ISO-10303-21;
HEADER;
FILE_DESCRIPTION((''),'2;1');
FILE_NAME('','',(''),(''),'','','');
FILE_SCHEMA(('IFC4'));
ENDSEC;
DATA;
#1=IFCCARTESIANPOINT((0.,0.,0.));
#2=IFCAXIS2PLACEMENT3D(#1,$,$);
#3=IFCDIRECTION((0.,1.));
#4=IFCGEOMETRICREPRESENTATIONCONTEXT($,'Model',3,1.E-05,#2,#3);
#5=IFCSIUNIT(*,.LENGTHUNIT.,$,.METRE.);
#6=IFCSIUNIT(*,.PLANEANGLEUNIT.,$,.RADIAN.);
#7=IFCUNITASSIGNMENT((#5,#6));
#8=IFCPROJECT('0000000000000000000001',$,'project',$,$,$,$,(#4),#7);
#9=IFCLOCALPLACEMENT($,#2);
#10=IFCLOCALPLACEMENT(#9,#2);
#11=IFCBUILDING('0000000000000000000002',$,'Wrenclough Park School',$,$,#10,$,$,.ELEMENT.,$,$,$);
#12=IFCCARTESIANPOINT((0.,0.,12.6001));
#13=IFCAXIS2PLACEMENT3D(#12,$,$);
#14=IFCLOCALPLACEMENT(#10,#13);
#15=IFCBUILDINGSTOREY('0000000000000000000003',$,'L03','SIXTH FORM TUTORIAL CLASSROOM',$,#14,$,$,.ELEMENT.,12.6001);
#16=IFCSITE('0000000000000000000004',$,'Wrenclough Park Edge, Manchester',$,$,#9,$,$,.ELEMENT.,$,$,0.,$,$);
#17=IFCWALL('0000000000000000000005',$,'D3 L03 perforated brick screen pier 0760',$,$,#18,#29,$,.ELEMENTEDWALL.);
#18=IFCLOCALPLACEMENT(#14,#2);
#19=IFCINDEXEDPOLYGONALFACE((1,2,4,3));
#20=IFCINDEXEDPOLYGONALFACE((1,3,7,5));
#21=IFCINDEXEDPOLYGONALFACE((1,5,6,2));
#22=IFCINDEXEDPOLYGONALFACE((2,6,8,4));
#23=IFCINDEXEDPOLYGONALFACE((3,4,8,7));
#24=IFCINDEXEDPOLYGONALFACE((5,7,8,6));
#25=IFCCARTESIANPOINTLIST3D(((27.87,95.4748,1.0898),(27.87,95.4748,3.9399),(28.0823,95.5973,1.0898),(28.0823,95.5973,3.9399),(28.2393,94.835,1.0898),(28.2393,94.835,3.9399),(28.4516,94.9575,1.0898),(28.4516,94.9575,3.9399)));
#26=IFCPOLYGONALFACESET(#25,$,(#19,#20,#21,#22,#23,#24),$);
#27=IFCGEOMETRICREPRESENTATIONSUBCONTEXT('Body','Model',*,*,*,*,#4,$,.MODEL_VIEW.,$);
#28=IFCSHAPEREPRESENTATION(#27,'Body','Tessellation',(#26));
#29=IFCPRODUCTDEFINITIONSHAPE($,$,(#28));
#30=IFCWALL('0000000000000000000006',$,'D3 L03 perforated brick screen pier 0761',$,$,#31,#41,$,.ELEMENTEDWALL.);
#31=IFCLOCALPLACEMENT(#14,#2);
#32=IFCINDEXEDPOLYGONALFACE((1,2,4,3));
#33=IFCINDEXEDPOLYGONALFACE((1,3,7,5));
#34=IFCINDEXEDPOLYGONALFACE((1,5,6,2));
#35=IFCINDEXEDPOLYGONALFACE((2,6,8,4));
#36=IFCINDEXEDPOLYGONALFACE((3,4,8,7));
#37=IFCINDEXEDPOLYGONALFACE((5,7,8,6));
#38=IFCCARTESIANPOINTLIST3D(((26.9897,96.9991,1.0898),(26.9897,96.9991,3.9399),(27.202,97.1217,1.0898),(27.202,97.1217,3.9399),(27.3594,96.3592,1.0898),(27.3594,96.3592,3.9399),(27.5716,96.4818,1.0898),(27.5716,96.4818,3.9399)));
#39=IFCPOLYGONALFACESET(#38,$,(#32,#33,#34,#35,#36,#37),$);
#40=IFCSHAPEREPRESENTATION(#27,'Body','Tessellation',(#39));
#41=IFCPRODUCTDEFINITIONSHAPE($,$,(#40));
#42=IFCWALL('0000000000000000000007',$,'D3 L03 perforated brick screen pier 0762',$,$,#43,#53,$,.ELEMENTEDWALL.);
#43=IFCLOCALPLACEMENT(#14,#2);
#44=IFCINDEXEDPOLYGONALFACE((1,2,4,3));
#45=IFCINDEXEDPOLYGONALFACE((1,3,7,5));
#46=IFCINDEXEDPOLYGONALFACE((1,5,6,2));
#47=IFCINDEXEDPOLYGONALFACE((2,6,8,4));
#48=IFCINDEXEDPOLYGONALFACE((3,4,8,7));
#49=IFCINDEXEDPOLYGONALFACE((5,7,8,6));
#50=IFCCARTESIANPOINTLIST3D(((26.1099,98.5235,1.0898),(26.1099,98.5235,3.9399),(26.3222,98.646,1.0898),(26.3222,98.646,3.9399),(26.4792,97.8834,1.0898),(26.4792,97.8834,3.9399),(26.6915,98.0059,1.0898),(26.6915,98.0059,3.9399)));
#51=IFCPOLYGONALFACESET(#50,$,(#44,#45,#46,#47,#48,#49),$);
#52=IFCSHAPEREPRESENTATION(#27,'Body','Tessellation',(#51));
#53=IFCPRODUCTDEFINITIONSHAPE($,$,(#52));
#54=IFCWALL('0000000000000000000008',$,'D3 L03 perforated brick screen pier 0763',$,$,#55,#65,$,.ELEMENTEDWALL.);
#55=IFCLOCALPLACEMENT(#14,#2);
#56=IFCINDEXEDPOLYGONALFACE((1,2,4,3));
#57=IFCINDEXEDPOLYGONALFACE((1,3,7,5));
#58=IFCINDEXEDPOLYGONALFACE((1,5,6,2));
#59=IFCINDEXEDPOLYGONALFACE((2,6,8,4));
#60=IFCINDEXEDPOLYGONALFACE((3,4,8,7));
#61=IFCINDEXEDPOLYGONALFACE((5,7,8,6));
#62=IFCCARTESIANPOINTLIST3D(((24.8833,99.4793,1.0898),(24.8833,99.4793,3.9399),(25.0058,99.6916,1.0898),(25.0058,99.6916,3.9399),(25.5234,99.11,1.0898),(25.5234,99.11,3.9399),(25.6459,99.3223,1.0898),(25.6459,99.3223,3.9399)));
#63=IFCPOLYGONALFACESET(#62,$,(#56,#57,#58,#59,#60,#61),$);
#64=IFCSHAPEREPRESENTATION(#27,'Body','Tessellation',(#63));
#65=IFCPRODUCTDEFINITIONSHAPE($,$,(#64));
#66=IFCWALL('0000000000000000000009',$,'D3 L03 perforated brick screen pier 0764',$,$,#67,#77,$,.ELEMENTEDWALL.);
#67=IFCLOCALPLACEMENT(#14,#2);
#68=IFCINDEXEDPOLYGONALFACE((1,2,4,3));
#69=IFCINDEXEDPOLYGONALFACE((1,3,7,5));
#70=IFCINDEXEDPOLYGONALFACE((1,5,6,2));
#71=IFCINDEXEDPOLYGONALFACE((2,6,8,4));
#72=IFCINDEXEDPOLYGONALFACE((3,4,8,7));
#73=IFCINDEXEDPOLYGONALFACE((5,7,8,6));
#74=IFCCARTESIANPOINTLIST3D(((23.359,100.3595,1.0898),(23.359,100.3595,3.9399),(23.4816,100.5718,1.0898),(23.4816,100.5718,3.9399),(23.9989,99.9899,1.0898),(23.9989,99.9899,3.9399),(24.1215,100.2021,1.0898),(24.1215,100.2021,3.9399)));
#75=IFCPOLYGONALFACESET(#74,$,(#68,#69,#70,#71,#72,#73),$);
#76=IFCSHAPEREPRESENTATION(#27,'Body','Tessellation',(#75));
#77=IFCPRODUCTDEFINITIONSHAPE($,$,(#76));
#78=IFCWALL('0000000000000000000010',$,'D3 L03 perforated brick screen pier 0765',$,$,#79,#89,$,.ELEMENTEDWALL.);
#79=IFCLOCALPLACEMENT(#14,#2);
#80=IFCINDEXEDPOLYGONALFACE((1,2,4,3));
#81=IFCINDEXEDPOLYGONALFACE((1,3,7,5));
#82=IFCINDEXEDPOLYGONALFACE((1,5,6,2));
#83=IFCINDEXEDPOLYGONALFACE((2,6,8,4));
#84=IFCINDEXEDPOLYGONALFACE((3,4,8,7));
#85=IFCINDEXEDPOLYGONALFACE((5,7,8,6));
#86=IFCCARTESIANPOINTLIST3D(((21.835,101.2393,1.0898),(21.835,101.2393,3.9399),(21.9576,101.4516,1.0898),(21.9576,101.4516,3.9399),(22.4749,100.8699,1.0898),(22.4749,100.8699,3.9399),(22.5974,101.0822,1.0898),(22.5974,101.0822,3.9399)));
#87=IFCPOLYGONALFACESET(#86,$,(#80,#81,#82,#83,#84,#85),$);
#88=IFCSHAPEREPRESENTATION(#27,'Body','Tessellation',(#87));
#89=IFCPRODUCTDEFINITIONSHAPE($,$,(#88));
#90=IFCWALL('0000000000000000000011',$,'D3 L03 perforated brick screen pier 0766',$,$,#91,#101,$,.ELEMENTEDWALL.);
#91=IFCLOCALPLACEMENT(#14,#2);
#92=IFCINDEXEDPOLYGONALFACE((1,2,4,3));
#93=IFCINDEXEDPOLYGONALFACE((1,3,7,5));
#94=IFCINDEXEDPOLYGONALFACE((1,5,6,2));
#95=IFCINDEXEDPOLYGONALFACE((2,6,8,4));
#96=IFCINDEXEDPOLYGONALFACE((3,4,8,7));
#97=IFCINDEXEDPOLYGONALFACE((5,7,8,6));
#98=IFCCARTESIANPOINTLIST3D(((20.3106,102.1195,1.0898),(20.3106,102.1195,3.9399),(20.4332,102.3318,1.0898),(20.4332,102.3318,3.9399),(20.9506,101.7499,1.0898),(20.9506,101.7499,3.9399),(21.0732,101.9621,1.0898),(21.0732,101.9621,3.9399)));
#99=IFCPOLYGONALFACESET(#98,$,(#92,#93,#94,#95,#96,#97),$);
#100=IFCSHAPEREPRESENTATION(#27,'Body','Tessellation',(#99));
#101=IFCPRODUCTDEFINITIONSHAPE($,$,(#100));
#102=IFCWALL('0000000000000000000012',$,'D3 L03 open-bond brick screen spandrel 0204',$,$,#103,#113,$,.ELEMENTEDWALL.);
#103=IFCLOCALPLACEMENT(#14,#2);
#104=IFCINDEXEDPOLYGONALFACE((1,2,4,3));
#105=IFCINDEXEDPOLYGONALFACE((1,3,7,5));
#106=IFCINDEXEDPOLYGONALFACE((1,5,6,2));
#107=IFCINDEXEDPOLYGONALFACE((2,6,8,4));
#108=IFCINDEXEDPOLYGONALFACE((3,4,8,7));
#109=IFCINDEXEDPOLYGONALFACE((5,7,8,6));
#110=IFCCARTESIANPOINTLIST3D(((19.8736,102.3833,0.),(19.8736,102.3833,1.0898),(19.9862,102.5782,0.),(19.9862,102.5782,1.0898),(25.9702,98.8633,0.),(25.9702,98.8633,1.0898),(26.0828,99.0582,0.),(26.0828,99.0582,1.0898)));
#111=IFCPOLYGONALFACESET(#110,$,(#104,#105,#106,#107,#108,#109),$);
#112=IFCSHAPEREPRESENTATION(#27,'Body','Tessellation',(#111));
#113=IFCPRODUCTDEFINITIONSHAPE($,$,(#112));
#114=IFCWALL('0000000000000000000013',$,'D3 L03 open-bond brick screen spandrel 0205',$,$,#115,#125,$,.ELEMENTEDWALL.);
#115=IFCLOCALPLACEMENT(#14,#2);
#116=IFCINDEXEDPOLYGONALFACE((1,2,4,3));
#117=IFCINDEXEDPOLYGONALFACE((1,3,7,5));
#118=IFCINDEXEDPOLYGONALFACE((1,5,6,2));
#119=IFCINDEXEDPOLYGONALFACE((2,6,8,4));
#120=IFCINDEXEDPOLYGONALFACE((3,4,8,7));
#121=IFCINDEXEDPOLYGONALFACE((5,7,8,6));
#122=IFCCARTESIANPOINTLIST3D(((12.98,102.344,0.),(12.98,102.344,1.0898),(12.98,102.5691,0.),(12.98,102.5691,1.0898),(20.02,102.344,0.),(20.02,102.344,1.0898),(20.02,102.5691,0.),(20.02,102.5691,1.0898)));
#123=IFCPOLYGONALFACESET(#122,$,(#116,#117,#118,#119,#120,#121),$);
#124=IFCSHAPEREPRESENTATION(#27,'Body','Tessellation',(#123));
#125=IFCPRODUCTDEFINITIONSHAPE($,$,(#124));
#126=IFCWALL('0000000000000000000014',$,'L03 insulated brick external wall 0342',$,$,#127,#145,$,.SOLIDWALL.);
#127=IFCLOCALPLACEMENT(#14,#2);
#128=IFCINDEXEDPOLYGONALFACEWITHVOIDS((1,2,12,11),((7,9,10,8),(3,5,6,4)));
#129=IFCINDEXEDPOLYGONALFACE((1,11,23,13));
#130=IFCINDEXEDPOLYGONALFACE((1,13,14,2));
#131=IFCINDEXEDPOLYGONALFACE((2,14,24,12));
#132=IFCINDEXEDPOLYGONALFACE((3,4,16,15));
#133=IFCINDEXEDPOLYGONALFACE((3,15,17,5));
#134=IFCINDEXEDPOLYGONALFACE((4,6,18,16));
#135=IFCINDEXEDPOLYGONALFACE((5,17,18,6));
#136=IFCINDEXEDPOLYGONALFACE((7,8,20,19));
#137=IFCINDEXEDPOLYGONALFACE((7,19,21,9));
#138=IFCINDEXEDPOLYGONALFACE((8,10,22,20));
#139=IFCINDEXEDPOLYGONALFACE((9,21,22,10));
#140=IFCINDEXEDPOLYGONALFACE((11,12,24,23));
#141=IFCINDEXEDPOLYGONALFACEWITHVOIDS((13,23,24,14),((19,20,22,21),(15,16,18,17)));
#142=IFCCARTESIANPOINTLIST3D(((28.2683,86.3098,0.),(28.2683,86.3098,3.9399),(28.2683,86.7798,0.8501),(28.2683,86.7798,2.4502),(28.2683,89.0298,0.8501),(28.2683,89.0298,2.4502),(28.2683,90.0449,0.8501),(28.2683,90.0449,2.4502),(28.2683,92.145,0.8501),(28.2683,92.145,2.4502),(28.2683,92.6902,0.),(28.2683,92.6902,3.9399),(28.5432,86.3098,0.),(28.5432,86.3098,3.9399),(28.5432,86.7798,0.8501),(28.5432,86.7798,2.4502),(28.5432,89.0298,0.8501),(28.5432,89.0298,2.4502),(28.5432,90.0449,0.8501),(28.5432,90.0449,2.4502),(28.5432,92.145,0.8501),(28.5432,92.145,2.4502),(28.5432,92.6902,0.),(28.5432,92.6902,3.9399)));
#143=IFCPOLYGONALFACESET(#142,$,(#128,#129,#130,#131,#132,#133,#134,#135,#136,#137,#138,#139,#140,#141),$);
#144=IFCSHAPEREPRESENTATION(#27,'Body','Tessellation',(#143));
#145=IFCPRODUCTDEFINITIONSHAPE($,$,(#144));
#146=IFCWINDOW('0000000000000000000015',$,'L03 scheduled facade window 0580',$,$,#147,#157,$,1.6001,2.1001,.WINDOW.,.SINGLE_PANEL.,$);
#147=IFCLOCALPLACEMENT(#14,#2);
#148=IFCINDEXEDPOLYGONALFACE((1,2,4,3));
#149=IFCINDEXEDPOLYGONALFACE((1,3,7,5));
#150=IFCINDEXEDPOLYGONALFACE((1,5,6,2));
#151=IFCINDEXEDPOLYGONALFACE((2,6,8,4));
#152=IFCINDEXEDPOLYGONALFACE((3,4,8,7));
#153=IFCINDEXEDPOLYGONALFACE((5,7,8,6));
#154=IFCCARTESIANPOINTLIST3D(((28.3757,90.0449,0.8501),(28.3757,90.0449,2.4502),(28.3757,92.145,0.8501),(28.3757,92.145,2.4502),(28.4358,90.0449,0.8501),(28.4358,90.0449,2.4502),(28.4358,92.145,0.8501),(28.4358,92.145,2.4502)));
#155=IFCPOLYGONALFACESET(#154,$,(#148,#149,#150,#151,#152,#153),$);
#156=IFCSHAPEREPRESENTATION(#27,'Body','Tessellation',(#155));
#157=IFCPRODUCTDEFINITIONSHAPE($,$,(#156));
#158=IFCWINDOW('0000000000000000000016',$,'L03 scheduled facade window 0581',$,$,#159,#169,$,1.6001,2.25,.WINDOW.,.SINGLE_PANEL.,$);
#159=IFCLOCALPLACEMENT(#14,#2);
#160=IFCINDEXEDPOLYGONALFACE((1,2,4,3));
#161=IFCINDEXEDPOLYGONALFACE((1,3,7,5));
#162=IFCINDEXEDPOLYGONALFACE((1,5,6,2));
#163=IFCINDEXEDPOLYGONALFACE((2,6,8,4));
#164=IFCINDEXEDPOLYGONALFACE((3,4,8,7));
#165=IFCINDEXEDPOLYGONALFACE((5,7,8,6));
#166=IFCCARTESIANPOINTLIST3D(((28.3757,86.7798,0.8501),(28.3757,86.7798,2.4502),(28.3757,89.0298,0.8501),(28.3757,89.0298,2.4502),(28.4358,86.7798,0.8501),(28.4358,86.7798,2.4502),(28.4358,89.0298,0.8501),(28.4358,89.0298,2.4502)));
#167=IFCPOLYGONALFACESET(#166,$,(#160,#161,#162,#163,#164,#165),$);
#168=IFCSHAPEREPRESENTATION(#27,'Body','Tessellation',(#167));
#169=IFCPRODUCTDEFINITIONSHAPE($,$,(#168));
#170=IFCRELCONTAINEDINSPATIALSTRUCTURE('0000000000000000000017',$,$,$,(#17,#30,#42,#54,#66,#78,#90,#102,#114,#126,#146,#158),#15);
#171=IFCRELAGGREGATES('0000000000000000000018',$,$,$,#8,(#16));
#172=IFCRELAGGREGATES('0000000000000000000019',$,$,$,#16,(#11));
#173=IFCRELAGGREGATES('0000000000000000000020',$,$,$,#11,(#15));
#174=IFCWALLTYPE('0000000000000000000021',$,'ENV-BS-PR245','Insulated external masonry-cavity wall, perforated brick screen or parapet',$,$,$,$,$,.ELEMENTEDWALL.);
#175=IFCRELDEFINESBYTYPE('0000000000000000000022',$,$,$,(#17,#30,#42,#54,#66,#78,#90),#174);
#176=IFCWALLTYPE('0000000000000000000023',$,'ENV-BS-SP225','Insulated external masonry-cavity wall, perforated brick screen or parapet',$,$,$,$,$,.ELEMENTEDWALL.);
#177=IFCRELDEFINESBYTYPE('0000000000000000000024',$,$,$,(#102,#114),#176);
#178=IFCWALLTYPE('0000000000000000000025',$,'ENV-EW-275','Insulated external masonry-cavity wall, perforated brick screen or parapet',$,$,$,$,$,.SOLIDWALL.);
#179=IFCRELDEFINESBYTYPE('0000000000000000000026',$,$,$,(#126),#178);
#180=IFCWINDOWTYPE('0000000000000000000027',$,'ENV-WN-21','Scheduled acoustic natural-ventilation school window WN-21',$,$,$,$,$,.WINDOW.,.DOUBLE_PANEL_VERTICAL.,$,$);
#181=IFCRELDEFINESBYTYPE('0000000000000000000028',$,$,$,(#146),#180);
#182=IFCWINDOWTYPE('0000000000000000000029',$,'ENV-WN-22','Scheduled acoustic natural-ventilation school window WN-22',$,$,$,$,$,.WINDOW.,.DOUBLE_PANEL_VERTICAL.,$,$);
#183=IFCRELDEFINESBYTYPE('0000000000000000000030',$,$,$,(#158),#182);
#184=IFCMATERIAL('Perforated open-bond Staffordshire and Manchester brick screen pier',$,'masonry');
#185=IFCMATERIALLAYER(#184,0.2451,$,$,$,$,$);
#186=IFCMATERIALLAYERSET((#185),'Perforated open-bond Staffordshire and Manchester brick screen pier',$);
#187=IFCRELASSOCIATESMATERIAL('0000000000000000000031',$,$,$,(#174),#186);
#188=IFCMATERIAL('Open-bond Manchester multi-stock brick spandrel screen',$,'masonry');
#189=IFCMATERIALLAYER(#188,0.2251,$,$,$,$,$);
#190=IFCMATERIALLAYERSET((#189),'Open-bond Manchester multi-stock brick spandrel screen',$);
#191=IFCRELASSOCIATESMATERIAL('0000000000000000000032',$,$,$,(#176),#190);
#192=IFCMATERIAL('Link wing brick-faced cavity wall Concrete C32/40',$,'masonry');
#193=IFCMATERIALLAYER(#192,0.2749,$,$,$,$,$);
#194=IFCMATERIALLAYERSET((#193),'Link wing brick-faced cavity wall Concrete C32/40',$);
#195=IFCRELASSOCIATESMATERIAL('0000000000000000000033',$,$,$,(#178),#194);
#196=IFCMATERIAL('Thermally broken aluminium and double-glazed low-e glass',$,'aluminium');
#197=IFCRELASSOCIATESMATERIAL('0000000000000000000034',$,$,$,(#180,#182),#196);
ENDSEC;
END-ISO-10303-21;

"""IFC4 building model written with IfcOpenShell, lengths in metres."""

from ifc_helpers import new_model, si_unit, direction, frame, frame_2d, origin, place, context, subcontext, project, spatial, rectangle, extrude, material, layer, layer_set, type_object, element, fill, save


model = new_model("IFC4")

# Units and contexts
model_context = context("Model", 3, precision=1e-05, world=origin(), true_north=direction((0.0, 1.0)))
body_context = subcontext(model_context, "Body", "Model", "MODEL_VIEW")
ifc_project = project(units=[si_unit("LENGTHUNIT", "METRE"), si_unit("PLANEANGLEUNIT", "RADIAN")], contexts=[model_context])

# Site, building, storey
site_placement = place(None, origin())
site = spatial("IfcSite", under=ifc_project, at=site_placement, Name="Wrenclough Park Edge, Manchester", CompositionType="ELEMENT", RefElevation=0.0)
building_placement = place(site_placement, origin())
building = spatial("IfcBuilding", under=site, at=building_placement, Name="Wrenclough Park School", CompositionType="ELEMENT")
storey_placement = place(building_placement, frame((0.0, 0.0, 12.6001)))
storey = spatial("IfcBuildingStorey", under=building, at=storey_placement, Name="L03", Description="SIXTH FORM TUTORIAL CLASSROOM", CompositionType="ELEMENT", Elevation=12.6001)

# Walls
ifc_material_1 = material(Name="Perforated open-bond Staffordshire and Manchester brick screen pier", Category="masonry")
ifc_layer_1 = layer(ifc_material_1, 0.2451)
ifc_layer_set_1 = layer_set([ifc_layer_1], Name="Perforated open-bond Staffordshire and Manchester brick screen pier")
wall_type_1 = type_object("IfcWallType", Name="ENV-BS-PR245", Description="Insulated external masonry-cavity wall, perforated brick screen or parapet", PredefinedType="ELEMENTEDWALL", material=ifc_layer_set_1)
wall_1_placement = place(storey_placement, frame((28.3455, 94.8962, 1.0898), z_axis=(0.0, 0.0, 1.0), x_axis=(-0.499942, 0.866059, 0.0)))
element("IfcWall", 1, at=wall_1_placement, inside=storey, type_object=wall_type_1, Name="D3 L03 perforated brick screen pier 0760", PredefinedType="ELEMENTEDWALL", context=body_context, shape_type="SweptSolid", body=[
    extrude(rectangle(XDim=0.7388, YDim=0.2451, at=frame_2d((0.3694, 0.0))), origin(), (0.0, 0.0, 1.0), 2.8501),
])
for number, where, z_axis, x_axis, name in (
    (2, (27.4656, 96.4204, 1.0898), (0.0, 0.0, 1.0), (-0.50019, 0.865916, 0.0), "D3 L03 perforated brick screen pier 0761"),
    (3, (26.5854, 97.9446, 1.0898), (0.0, 0.0, 1.0), (-0.499799, 0.866142, 0.0), "D3 L03 perforated brick screen pier 0762"),
    (4, (25.5847, 99.2161, 1.0898), (0.0, 0.0, 1.0), (-0.866142, 0.499799, 0.0), "D3 L03 perforated brick screen pier 0763"),
    (5, (24.0603, 100.0959, 1.0898), (0.0, 0.0, 1.0), (-0.865916, 0.50019, 0.0), "D3 L03 perforated brick screen pier 0764"),
):
    element("IfcWall", number, at=place(storey_placement, frame(where, z_axis=z_axis, x_axis=x_axis)), inside=storey, type_object=wall_type_1, Name=name, PredefinedType="ELEMENTEDWALL", context=body_context, shape_type="SweptSolid", body=[
        extrude(rectangle(XDim=0.739, YDim=0.2451, at=frame_2d((0.3696, 0.0))), origin(), (0.0, 0.0, 1.0), 2.8501),
    ])
wall_2_placement = place(storey_placement, frame((22.5361, 100.9761, 1.0898), z_axis=(0.0, 0.0, 1.0), x_axis=(-0.866059, 0.499942, 0.0)))
element("IfcWall", 6, at=wall_2_placement, inside=storey, type_object=wall_type_1, Name="D3 L03 perforated brick screen pier 0765", PredefinedType="ELEMENTEDWALL", context=body_context, shape_type="SweptSolid", body=[
    extrude(rectangle(XDim=0.7388, YDim=0.2451, at=frame_2d((0.3694, 0.0))), origin(), (0.0, 0.0, 1.0), 2.8501),
])
wall_3_placement = place(storey_placement, frame((21.012, 101.856, 1.0898), z_axis=(0.0, 0.0, 1.0), x_axis=(-0.865916, 0.50019, 0.0)))
element("IfcWall", 7, at=wall_3_placement, inside=storey, type_object=wall_type_1, Name="D3 L03 perforated brick screen pier 0766", PredefinedType="ELEMENTEDWALL", context=body_context, shape_type="SweptSolid", body=[
    extrude(rectangle(XDim=0.739, YDim=0.2451, at=frame_2d((0.3696, 0.0))), origin(), (0.0, 0.0, 1.0), 2.8501),
])
ifc_material_2 = material(Name="Open-bond Manchester multi-stock brick spandrel screen", Category="masonry")
ifc_layer_2 = layer(ifc_material_2, 0.2251)
ifc_layer_set_2 = layer_set([ifc_layer_2], Name="Open-bond Manchester multi-stock brick spandrel screen")
wall_type_2 = type_object("IfcWallType", Name="ENV-BS-SP225", Description="Insulated external masonry-cavity wall, perforated brick screen or parapet", PredefinedType="ELEMENTEDWALL", material=ifc_layer_set_2)
wall_4_placement = place(storey_placement, frame((26.0266, 98.9607, 0.0), z_axis=(0.0, 0.0, 1.0), x_axis=(-0.866019, 0.500011, 0.0)))
element("IfcWall", 8, at=wall_4_placement, inside=storey, type_object=wall_type_2, Name="D3 L03 open-bond brick screen spandrel 0204", PredefinedType="ELEMENTEDWALL", context=body_context, shape_type="SweptSolid", body=[
    extrude(rectangle(XDim=7.0398, YDim=0.2251, at=frame_2d((3.52, 0.0))), origin(), (0.0, 0.0, 1.0), 1.0898),
])
wall_5_placement = place(storey_placement, frame((20.02, 102.4565, 0.0), z_axis=(0.0, 0.0, 1.0), x_axis=(-1.0, 0.0, 0.0)))
element("IfcWall", 9, at=wall_5_placement, inside=storey, type_object=wall_type_2, Name="D3 L03 open-bond brick screen spandrel 0205", PredefinedType="ELEMENTEDWALL", context=body_context, shape_type="SweptSolid", body=[
    extrude(rectangle(XDim=7.04, YDim=0.2251, at=frame_2d((3.52, 0.0))), origin(), (0.0, 0.0, 1.0), 1.0898),
])

# Wall, openings, windows
ifc_material_3 = material(Name="Link wing brick-faced cavity wall Concrete C32/40", Category="masonry")
ifc_layer_3 = layer(ifc_material_3, 0.2749)
ifc_layer_set_3 = layer_set([ifc_layer_3], Name="Link wing brick-faced cavity wall Concrete C32/40")
wall_type_3 = type_object("IfcWallType", Name="ENV-EW-275", Description="Insulated external masonry-cavity wall, perforated brick screen or parapet", PredefinedType="SOLIDWALL", material=ifc_layer_set_3)
wall_6_placement = place(storey_placement, frame((28.4058, 92.6902, 0.0), z_axis=(0.0, 0.0, 1.0), x_axis=(0.0, -1.0, 0.0)))
wall_6 = element("IfcWall", 10, at=wall_6_placement, inside=storey, type_object=wall_type_3, Name="L03 insulated brick external wall 0342", PredefinedType="SOLIDWALL", context=body_context, shape_type="SweptSolid", body=[
    extrude(rectangle(XDim=6.3804, YDim=0.2749, at=frame_2d((3.1902, 0.0))), origin(), (0.0, 0.0, 1.0), 3.9399),
])
opening_1_placement = place(wall_6_placement, frame((0.5452, 0.0, 0.8501)))
opening_1 = element("IfcOpeningElement", 11, at=opening_1_placement, cuts=wall_6, PredefinedType="OPENING", context=body_context, shape_type="SweptSolid", body=[
    extrude(rectangle(XDim=2.1001, YDim=1.6001, at=frame_2d((1.05, 0.8))), frame((0.0, 0.1475, 0.0), z_axis=(0.0, -1.0, 0.0), x_axis=(1.0, 0.0, 0.0)), (0.0, 0.0, 1.0), 0.2949),
])
opening_2_placement = place(wall_6_placement, frame((3.6604, 0.0, 0.8501)))
opening_2 = element("IfcOpeningElement", 12, at=opening_2_placement, cuts=wall_6, PredefinedType="OPENING", context=body_context, shape_type="SweptSolid", body=[
    extrude(rectangle(XDim=2.25, YDim=1.6001, at=frame_2d((1.125, 0.8))), frame((0.0, 0.1475, 0.0), z_axis=(0.0, -1.0, 0.0), x_axis=(1.0, 0.0, 0.0)), (0.0, 0.0, 1.0), 0.2949),
])
ifc_material_4 = material(Name="Thermally broken aluminium and double-glazed low-e glass", Category="aluminium")
window_type_1 = type_object("IfcWindowType", Name="ENV-WN-21", Description="Scheduled acoustic natural-ventilation school window WN-21", PartitioningType="DOUBLE_PANEL_VERTICAL", PredefinedType="WINDOW", material=ifc_material_4)
window_1_placement = place(opening_1_placement, origin())
window_1 = element("IfcWindow", 13, at=window_1_placement, inside=storey, type_object=window_type_1, Name="L03 scheduled facade window 0580", OverallHeight=1.6001, OverallWidth=2.1001, PartitioningType="SINGLE_PANEL", PredefinedType="WINDOW", context=body_context, shape_type="SweptSolid", body=[
    extrude(rectangle(XDim=2.1001, YDim=1.6001, at=frame_2d((1.05, 0.8))), frame((0.0, 0.03, 0.0), z_axis=(0.0, -1.0, 0.0), x_axis=(1.0, 0.0, 0.0)), (0.0, 0.0, 1.0), 0.0601),
])
fill(opening_1, window_1)
window_type_2 = type_object("IfcWindowType", Name="ENV-WN-22", Description="Scheduled acoustic natural-ventilation school window WN-22", PartitioningType="DOUBLE_PANEL_VERTICAL", PredefinedType="WINDOW", material=ifc_material_4)
window_2_placement = place(opening_2_placement, origin())
window_2 = element("IfcWindow", 14, at=window_2_placement, inside=storey, type_object=window_type_2, Name="L03 scheduled facade window 0581", OverallHeight=1.6001, OverallWidth=2.25, PartitioningType="SINGLE_PANEL", PredefinedType="WINDOW", context=body_context, shape_type="SweptSolid", body=[
    extrude(rectangle(XDim=2.25, YDim=1.6001, at=frame_2d((1.125, 0.8))), frame((0.0, 0.03, 0.0), z_axis=(0.0, -1.0, 0.0), x_axis=(1.0, 0.0, 0.0)), (0.0, 0.0, 1.0), 0.0601),
])
fill(opening_2, window_2)

save(model, "model.ifc")
